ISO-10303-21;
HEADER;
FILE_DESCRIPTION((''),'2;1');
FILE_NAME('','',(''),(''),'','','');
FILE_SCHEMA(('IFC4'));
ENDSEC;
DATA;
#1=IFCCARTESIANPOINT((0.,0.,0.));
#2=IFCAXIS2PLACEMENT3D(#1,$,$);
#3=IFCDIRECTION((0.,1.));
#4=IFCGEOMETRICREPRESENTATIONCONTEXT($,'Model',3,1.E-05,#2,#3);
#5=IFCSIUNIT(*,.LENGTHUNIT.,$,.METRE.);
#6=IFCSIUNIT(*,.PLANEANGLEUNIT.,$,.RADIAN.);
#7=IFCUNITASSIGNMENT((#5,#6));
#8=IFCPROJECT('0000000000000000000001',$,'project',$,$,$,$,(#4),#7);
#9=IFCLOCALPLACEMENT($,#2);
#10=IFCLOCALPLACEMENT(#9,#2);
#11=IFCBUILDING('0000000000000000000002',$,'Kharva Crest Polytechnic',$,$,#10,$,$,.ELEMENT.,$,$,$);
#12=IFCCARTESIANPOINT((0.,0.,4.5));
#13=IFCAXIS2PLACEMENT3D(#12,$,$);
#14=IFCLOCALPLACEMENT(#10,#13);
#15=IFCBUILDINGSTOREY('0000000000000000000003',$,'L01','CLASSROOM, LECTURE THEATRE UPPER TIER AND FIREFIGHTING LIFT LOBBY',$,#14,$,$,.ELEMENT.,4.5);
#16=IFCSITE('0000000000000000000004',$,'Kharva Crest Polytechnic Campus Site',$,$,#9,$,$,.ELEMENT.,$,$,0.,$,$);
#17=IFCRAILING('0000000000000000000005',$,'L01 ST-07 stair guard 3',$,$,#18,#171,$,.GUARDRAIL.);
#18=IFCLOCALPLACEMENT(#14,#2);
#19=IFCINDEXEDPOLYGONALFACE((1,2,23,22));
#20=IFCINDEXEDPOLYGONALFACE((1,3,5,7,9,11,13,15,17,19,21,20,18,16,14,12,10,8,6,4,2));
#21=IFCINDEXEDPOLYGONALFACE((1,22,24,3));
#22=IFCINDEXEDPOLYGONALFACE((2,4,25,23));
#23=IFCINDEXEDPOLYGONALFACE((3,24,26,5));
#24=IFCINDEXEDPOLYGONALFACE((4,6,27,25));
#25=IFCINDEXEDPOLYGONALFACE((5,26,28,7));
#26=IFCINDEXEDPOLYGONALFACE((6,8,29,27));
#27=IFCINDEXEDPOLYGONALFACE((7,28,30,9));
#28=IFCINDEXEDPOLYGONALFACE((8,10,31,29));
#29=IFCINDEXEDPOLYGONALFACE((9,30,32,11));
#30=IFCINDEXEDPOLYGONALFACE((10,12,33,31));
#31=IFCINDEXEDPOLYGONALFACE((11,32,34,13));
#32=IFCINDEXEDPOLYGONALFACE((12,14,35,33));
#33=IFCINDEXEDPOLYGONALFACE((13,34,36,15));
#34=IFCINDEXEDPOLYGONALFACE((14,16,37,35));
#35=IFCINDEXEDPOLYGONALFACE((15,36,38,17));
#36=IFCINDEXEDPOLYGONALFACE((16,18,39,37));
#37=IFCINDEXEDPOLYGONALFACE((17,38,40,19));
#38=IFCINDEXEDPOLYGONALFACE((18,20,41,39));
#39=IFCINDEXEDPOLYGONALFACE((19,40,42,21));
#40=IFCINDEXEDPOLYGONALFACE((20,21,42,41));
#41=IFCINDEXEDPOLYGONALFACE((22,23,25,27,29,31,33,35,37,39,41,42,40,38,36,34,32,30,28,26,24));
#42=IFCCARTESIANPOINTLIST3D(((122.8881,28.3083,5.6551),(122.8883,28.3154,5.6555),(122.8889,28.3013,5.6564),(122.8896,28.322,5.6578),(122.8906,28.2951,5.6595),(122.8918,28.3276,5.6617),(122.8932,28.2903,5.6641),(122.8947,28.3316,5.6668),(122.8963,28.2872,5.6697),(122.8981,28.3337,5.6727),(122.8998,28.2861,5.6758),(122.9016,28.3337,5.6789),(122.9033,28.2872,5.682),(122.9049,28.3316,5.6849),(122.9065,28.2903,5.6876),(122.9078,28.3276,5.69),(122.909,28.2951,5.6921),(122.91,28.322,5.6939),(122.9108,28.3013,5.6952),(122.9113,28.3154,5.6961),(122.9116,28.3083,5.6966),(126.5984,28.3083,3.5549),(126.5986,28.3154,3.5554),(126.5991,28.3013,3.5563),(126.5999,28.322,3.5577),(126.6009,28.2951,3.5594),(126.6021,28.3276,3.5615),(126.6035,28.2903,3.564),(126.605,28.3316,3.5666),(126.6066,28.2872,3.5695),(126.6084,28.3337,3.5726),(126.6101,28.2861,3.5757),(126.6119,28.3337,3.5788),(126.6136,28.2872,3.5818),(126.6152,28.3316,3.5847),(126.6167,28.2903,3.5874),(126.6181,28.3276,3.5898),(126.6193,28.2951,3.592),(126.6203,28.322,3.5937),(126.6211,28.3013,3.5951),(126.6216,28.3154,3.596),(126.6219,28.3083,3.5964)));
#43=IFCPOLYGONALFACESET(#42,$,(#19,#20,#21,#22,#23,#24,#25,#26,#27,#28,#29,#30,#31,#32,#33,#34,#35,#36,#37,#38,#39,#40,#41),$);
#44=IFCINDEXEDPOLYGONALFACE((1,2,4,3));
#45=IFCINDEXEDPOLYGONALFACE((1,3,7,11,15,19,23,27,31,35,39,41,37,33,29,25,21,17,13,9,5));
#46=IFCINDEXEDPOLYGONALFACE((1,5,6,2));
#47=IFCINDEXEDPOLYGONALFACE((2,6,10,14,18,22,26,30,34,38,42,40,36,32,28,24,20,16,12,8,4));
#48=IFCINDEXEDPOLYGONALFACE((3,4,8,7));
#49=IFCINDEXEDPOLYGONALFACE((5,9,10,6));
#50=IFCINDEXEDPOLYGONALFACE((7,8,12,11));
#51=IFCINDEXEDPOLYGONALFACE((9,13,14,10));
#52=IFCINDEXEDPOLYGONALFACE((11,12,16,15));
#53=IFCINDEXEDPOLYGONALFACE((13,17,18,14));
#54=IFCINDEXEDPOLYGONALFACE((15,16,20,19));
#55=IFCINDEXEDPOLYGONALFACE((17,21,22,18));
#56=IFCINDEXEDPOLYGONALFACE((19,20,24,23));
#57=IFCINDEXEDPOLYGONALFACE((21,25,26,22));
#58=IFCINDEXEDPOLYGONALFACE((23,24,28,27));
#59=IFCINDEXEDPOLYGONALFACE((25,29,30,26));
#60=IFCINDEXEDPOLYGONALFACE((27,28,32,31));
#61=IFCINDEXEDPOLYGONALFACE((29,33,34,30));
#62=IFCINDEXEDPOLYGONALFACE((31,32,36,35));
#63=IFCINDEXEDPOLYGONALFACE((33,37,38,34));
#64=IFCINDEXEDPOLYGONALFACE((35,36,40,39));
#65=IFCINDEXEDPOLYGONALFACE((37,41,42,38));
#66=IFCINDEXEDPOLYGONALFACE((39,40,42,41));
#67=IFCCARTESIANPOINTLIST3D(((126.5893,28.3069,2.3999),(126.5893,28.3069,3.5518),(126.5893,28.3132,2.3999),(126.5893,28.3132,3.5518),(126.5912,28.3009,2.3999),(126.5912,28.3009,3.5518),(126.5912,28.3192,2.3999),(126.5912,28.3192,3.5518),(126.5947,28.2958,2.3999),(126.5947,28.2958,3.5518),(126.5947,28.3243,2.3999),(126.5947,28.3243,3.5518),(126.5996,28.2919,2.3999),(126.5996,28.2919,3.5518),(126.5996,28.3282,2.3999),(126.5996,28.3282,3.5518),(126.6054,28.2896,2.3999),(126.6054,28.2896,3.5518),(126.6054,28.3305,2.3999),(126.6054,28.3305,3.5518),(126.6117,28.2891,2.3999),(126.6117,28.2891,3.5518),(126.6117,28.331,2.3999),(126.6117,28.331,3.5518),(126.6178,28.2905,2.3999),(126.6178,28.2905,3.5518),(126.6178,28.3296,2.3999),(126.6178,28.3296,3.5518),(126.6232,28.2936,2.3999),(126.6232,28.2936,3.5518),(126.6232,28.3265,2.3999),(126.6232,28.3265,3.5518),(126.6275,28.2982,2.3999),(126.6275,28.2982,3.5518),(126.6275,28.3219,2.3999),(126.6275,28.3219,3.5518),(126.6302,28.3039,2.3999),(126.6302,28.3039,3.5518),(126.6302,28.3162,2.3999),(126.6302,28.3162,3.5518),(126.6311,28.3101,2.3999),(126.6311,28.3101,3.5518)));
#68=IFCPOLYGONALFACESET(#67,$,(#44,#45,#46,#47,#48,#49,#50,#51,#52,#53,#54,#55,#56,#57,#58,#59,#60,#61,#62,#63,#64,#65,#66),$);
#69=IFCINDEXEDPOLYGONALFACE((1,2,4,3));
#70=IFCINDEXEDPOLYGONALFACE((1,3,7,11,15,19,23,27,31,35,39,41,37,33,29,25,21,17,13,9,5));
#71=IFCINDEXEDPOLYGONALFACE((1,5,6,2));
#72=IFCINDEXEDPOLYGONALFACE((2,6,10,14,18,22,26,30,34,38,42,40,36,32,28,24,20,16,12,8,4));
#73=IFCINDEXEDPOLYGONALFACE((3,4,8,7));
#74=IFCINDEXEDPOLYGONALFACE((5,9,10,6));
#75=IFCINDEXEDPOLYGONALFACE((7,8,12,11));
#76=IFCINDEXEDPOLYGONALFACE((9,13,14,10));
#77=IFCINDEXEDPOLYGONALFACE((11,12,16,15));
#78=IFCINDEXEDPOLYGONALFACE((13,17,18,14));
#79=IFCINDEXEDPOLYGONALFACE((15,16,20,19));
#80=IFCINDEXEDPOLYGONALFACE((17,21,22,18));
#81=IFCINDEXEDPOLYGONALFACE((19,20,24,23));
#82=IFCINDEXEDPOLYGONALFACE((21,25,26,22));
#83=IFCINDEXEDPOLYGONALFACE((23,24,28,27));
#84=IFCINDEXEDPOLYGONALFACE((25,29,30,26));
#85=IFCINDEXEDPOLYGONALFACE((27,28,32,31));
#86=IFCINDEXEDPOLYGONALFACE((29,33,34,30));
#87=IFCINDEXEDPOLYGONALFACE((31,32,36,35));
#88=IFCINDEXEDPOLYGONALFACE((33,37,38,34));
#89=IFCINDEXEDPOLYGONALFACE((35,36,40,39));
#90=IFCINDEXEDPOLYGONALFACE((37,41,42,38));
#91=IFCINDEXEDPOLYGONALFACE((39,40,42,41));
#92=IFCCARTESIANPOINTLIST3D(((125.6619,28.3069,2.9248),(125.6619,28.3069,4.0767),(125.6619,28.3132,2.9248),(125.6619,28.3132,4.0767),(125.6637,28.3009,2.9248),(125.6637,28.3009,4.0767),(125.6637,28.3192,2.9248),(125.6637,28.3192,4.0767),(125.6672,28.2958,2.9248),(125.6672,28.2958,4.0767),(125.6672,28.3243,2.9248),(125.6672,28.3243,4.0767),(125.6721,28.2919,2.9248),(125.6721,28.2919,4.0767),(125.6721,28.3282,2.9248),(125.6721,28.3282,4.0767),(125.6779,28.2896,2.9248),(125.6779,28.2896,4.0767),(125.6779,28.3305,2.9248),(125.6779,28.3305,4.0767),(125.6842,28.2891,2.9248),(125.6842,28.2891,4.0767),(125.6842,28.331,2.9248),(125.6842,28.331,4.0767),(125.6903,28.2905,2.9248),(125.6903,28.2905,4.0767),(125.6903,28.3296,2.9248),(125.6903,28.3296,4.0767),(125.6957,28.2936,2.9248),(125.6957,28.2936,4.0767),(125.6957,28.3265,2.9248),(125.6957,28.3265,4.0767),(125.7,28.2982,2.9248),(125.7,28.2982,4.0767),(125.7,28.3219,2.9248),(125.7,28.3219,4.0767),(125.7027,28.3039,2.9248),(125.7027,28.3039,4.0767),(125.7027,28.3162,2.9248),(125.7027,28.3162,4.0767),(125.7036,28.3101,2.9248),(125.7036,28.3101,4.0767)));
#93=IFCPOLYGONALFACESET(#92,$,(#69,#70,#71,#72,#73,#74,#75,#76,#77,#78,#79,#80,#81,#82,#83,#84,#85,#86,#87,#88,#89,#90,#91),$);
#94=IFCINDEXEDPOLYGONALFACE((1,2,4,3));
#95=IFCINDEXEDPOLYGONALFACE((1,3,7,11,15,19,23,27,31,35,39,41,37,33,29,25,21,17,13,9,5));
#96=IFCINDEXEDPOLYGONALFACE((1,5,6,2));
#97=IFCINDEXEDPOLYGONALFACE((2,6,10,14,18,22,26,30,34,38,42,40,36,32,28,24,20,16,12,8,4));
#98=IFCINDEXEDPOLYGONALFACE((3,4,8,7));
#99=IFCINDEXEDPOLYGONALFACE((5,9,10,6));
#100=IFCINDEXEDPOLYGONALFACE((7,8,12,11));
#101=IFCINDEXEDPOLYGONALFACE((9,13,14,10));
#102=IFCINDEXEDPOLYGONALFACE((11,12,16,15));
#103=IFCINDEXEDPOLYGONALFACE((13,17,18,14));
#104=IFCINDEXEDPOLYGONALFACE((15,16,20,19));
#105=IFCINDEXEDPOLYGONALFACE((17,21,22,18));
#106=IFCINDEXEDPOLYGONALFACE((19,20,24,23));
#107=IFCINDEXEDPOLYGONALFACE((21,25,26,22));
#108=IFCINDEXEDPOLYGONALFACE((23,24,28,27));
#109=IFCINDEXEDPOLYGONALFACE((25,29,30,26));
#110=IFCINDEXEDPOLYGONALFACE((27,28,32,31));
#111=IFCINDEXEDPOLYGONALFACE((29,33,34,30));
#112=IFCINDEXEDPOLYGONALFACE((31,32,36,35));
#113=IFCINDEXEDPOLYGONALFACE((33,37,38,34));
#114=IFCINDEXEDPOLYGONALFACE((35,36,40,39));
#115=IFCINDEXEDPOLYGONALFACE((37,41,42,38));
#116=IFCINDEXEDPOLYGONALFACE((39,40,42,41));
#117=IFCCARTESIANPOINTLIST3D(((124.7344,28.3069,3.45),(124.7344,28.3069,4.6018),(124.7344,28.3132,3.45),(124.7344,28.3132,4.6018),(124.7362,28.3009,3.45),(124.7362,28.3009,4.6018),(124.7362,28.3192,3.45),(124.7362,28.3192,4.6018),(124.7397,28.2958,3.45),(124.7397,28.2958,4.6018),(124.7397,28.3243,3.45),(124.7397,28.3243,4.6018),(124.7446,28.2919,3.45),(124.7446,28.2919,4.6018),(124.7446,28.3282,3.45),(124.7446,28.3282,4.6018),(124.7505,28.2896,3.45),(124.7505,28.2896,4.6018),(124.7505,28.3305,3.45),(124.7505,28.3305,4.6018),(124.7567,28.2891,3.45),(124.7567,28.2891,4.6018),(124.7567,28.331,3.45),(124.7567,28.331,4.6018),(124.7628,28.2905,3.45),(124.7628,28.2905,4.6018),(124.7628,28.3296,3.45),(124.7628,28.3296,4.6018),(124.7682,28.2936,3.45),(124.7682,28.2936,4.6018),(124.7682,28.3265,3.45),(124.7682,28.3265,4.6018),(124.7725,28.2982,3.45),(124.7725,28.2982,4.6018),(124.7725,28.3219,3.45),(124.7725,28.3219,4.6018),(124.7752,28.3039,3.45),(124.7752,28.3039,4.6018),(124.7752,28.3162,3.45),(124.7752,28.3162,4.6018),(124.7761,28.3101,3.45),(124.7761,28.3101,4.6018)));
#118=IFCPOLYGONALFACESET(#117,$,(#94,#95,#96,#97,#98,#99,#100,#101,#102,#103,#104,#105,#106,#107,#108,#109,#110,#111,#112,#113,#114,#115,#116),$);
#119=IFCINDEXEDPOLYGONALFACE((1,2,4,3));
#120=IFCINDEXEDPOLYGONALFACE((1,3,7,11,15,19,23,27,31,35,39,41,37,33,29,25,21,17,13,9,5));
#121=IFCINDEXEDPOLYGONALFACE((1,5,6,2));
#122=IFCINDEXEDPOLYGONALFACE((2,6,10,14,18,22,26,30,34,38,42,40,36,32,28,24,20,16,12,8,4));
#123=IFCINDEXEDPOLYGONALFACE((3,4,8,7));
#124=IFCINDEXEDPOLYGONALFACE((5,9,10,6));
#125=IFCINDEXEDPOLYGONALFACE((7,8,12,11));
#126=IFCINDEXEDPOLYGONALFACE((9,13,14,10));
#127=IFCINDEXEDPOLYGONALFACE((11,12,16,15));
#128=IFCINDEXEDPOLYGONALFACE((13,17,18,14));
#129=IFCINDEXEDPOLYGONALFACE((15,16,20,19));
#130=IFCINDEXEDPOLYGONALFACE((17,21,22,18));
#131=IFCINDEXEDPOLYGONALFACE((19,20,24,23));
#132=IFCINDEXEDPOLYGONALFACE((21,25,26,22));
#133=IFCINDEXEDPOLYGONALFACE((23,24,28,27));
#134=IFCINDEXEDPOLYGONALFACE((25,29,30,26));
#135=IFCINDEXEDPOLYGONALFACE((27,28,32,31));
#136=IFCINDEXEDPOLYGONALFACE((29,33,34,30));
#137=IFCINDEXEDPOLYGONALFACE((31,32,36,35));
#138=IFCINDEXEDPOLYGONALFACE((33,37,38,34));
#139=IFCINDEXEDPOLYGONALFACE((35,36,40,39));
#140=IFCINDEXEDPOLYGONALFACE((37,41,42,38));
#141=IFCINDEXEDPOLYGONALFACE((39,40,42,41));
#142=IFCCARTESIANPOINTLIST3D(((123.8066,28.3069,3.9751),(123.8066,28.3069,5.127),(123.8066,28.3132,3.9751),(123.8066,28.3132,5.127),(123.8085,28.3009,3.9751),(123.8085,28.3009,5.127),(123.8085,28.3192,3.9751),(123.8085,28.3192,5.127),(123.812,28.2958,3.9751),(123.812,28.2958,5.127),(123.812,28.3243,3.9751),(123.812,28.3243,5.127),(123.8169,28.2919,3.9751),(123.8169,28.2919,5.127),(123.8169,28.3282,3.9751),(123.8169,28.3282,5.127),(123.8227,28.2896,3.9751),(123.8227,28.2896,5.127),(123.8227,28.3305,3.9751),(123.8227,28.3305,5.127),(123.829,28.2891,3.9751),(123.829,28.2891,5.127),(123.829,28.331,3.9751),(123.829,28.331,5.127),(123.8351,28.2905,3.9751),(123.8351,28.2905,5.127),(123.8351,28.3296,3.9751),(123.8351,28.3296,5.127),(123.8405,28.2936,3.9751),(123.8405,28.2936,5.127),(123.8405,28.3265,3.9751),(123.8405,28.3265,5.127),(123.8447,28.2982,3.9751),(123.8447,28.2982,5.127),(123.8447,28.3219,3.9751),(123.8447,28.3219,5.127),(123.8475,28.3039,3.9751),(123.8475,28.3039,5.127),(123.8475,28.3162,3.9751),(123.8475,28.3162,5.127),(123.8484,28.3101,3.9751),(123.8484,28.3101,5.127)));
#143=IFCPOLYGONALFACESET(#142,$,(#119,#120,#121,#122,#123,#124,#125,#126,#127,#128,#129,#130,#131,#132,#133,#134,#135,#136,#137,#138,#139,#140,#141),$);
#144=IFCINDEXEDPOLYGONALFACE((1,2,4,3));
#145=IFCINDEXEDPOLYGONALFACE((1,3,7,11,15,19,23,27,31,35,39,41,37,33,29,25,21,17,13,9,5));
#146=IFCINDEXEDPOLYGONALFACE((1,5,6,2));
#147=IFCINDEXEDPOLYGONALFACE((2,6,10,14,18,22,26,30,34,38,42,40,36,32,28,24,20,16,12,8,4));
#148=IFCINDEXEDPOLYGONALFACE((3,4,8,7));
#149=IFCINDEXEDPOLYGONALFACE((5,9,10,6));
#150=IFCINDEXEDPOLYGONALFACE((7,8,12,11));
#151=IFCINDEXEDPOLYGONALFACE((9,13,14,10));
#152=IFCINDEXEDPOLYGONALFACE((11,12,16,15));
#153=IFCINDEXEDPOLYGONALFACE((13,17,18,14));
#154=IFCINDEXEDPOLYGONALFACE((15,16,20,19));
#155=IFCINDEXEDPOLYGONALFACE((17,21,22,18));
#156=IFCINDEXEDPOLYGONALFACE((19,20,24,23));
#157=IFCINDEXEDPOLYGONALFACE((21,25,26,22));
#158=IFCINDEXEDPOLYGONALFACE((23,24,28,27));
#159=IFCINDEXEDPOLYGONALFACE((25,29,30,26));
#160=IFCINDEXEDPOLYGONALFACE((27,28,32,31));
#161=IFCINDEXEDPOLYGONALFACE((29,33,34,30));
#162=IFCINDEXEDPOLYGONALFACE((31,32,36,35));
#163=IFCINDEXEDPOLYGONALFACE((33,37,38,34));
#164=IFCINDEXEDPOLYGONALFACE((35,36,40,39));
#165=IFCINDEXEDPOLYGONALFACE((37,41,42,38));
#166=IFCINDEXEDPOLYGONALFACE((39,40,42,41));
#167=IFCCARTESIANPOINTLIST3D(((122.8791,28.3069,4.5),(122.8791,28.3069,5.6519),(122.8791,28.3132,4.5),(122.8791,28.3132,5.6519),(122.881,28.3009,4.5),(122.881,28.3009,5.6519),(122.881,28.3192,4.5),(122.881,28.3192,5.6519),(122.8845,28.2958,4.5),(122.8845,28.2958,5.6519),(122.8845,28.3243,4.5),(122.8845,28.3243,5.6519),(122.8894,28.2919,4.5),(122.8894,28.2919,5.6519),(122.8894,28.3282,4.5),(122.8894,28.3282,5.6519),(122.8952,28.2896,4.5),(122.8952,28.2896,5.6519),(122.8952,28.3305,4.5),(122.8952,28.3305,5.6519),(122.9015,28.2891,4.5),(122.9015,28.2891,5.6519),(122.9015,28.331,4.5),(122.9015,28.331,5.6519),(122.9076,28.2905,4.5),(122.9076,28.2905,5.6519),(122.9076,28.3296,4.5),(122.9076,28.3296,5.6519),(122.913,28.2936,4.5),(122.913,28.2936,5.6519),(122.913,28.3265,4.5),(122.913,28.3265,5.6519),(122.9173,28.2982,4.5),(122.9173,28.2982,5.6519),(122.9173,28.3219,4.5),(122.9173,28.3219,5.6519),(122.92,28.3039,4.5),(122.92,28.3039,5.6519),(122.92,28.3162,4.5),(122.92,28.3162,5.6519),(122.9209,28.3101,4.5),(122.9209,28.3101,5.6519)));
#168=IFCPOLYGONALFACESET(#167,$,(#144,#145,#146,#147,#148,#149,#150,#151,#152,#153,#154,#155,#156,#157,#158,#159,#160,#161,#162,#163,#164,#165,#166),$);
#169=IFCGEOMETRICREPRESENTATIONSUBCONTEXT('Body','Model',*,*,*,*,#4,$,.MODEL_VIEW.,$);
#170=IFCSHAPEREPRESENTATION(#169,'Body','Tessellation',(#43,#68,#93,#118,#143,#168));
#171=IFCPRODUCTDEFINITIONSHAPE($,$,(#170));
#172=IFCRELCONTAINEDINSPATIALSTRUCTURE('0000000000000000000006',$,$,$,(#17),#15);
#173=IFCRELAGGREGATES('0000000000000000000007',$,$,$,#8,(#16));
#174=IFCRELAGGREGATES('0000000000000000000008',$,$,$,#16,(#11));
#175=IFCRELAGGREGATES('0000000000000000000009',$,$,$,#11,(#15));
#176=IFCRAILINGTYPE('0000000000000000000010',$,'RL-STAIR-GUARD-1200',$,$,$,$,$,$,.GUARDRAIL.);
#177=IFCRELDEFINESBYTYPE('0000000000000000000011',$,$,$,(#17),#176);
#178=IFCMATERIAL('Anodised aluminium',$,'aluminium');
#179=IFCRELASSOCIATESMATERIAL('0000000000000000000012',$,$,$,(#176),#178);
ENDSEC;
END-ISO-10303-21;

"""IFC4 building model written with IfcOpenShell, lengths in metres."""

from ifc_helpers import new_model, si_unit, direction, frame, origin, origin_2d, place, context, subcontext, project, spatial, circle, extrude, material, type_object, element, save


model = new_model("IFC4")

# Units and contexts
model_context = context("Model", 3, precision=1e-05, world=origin(), true_north=direction((0.0, 1.0)))
body_context = subcontext(model_context, "Body", "Model", "MODEL_VIEW")
ifc_project = project(units=[si_unit("LENGTHUNIT", "METRE"), si_unit("PLANEANGLEUNIT", "RADIAN")], contexts=[model_context])

# Site, building, storey
site_placement = place(None, origin())
site = spatial("IfcSite", under=ifc_project, at=site_placement, Name="Kharva Crest Polytechnic Campus Site", CompositionType="ELEMENT", RefElevation=0.0)
building_placement = place(site_placement, origin())
building = spatial("IfcBuilding", under=site, at=building_placement, Name="Kharva Crest Polytechnic", CompositionType="ELEMENT")
storey_placement = place(building_placement, frame((0.0, 0.0, 4.5)))
storey = spatial("IfcBuildingStorey", under=building, at=storey_placement, Name="L01", Description="CLASSROOM, LECTURE THEATRE UPPER TIER AND FIREFIGHTING LIFT LOBBY", CompositionType="ELEMENT", Elevation=4.5)

# Railing
ifc_material_1 = material(Name="Anodised aluminium", Category="aluminium")
railing_type_1 = type_object("IfcRailingType", Name="RL-STAIR-GUARD-1200", PredefinedType="GUARDRAIL", material=ifc_material_1)
railing_1_placement = place(storey_placement, frame((126.6101, 28.3101, 2.3999)))
element("IfcRailing", 1, at=railing_1_placement, inside=storey, type_object=railing_type_1, Name="L01 ST-07 stair guard 3", PredefinedType="GUARDRAIL", context=body_context, shape_type="SweptSolid", body=[
    extrude(circle(Radius=0.0239, at=origin_2d()), frame((0.0, 0.0, 1.1758), z_axis=(-0.870259, 0.0, 0.492595), x_axis=(0.0, -1.0, 0.0)), (0.0, 0.0, 1.0), 4.2634),
    extrude(circle(Radius=0.021, at=origin_2d()), origin(), (0.0, 0.0, 1.0), 1.1519),
    extrude(circle(Radius=0.021, at=origin_2d()), frame((-0.9275, 0.0, 0.5249)), (0.0, 0.0, 1.0), 1.1519),
    extrude(circle(Radius=0.021, at=origin_2d()), frame((-1.855, 0.0, 1.05)), (0.0, 0.0, 1.0), 1.1519),
    extrude(circle(Radius=0.021, at=origin_2d()), frame((-2.7827, 0.0, 1.5752)), (0.0, 0.0, 1.0), 1.1519),
    extrude(circle(Radius=0.021, at=origin_2d()), frame((-3.7102, 0.0, 2.1001)), (0.0, 0.0, 1.0), 1.1519),
])

save(model, "model.ifc")
